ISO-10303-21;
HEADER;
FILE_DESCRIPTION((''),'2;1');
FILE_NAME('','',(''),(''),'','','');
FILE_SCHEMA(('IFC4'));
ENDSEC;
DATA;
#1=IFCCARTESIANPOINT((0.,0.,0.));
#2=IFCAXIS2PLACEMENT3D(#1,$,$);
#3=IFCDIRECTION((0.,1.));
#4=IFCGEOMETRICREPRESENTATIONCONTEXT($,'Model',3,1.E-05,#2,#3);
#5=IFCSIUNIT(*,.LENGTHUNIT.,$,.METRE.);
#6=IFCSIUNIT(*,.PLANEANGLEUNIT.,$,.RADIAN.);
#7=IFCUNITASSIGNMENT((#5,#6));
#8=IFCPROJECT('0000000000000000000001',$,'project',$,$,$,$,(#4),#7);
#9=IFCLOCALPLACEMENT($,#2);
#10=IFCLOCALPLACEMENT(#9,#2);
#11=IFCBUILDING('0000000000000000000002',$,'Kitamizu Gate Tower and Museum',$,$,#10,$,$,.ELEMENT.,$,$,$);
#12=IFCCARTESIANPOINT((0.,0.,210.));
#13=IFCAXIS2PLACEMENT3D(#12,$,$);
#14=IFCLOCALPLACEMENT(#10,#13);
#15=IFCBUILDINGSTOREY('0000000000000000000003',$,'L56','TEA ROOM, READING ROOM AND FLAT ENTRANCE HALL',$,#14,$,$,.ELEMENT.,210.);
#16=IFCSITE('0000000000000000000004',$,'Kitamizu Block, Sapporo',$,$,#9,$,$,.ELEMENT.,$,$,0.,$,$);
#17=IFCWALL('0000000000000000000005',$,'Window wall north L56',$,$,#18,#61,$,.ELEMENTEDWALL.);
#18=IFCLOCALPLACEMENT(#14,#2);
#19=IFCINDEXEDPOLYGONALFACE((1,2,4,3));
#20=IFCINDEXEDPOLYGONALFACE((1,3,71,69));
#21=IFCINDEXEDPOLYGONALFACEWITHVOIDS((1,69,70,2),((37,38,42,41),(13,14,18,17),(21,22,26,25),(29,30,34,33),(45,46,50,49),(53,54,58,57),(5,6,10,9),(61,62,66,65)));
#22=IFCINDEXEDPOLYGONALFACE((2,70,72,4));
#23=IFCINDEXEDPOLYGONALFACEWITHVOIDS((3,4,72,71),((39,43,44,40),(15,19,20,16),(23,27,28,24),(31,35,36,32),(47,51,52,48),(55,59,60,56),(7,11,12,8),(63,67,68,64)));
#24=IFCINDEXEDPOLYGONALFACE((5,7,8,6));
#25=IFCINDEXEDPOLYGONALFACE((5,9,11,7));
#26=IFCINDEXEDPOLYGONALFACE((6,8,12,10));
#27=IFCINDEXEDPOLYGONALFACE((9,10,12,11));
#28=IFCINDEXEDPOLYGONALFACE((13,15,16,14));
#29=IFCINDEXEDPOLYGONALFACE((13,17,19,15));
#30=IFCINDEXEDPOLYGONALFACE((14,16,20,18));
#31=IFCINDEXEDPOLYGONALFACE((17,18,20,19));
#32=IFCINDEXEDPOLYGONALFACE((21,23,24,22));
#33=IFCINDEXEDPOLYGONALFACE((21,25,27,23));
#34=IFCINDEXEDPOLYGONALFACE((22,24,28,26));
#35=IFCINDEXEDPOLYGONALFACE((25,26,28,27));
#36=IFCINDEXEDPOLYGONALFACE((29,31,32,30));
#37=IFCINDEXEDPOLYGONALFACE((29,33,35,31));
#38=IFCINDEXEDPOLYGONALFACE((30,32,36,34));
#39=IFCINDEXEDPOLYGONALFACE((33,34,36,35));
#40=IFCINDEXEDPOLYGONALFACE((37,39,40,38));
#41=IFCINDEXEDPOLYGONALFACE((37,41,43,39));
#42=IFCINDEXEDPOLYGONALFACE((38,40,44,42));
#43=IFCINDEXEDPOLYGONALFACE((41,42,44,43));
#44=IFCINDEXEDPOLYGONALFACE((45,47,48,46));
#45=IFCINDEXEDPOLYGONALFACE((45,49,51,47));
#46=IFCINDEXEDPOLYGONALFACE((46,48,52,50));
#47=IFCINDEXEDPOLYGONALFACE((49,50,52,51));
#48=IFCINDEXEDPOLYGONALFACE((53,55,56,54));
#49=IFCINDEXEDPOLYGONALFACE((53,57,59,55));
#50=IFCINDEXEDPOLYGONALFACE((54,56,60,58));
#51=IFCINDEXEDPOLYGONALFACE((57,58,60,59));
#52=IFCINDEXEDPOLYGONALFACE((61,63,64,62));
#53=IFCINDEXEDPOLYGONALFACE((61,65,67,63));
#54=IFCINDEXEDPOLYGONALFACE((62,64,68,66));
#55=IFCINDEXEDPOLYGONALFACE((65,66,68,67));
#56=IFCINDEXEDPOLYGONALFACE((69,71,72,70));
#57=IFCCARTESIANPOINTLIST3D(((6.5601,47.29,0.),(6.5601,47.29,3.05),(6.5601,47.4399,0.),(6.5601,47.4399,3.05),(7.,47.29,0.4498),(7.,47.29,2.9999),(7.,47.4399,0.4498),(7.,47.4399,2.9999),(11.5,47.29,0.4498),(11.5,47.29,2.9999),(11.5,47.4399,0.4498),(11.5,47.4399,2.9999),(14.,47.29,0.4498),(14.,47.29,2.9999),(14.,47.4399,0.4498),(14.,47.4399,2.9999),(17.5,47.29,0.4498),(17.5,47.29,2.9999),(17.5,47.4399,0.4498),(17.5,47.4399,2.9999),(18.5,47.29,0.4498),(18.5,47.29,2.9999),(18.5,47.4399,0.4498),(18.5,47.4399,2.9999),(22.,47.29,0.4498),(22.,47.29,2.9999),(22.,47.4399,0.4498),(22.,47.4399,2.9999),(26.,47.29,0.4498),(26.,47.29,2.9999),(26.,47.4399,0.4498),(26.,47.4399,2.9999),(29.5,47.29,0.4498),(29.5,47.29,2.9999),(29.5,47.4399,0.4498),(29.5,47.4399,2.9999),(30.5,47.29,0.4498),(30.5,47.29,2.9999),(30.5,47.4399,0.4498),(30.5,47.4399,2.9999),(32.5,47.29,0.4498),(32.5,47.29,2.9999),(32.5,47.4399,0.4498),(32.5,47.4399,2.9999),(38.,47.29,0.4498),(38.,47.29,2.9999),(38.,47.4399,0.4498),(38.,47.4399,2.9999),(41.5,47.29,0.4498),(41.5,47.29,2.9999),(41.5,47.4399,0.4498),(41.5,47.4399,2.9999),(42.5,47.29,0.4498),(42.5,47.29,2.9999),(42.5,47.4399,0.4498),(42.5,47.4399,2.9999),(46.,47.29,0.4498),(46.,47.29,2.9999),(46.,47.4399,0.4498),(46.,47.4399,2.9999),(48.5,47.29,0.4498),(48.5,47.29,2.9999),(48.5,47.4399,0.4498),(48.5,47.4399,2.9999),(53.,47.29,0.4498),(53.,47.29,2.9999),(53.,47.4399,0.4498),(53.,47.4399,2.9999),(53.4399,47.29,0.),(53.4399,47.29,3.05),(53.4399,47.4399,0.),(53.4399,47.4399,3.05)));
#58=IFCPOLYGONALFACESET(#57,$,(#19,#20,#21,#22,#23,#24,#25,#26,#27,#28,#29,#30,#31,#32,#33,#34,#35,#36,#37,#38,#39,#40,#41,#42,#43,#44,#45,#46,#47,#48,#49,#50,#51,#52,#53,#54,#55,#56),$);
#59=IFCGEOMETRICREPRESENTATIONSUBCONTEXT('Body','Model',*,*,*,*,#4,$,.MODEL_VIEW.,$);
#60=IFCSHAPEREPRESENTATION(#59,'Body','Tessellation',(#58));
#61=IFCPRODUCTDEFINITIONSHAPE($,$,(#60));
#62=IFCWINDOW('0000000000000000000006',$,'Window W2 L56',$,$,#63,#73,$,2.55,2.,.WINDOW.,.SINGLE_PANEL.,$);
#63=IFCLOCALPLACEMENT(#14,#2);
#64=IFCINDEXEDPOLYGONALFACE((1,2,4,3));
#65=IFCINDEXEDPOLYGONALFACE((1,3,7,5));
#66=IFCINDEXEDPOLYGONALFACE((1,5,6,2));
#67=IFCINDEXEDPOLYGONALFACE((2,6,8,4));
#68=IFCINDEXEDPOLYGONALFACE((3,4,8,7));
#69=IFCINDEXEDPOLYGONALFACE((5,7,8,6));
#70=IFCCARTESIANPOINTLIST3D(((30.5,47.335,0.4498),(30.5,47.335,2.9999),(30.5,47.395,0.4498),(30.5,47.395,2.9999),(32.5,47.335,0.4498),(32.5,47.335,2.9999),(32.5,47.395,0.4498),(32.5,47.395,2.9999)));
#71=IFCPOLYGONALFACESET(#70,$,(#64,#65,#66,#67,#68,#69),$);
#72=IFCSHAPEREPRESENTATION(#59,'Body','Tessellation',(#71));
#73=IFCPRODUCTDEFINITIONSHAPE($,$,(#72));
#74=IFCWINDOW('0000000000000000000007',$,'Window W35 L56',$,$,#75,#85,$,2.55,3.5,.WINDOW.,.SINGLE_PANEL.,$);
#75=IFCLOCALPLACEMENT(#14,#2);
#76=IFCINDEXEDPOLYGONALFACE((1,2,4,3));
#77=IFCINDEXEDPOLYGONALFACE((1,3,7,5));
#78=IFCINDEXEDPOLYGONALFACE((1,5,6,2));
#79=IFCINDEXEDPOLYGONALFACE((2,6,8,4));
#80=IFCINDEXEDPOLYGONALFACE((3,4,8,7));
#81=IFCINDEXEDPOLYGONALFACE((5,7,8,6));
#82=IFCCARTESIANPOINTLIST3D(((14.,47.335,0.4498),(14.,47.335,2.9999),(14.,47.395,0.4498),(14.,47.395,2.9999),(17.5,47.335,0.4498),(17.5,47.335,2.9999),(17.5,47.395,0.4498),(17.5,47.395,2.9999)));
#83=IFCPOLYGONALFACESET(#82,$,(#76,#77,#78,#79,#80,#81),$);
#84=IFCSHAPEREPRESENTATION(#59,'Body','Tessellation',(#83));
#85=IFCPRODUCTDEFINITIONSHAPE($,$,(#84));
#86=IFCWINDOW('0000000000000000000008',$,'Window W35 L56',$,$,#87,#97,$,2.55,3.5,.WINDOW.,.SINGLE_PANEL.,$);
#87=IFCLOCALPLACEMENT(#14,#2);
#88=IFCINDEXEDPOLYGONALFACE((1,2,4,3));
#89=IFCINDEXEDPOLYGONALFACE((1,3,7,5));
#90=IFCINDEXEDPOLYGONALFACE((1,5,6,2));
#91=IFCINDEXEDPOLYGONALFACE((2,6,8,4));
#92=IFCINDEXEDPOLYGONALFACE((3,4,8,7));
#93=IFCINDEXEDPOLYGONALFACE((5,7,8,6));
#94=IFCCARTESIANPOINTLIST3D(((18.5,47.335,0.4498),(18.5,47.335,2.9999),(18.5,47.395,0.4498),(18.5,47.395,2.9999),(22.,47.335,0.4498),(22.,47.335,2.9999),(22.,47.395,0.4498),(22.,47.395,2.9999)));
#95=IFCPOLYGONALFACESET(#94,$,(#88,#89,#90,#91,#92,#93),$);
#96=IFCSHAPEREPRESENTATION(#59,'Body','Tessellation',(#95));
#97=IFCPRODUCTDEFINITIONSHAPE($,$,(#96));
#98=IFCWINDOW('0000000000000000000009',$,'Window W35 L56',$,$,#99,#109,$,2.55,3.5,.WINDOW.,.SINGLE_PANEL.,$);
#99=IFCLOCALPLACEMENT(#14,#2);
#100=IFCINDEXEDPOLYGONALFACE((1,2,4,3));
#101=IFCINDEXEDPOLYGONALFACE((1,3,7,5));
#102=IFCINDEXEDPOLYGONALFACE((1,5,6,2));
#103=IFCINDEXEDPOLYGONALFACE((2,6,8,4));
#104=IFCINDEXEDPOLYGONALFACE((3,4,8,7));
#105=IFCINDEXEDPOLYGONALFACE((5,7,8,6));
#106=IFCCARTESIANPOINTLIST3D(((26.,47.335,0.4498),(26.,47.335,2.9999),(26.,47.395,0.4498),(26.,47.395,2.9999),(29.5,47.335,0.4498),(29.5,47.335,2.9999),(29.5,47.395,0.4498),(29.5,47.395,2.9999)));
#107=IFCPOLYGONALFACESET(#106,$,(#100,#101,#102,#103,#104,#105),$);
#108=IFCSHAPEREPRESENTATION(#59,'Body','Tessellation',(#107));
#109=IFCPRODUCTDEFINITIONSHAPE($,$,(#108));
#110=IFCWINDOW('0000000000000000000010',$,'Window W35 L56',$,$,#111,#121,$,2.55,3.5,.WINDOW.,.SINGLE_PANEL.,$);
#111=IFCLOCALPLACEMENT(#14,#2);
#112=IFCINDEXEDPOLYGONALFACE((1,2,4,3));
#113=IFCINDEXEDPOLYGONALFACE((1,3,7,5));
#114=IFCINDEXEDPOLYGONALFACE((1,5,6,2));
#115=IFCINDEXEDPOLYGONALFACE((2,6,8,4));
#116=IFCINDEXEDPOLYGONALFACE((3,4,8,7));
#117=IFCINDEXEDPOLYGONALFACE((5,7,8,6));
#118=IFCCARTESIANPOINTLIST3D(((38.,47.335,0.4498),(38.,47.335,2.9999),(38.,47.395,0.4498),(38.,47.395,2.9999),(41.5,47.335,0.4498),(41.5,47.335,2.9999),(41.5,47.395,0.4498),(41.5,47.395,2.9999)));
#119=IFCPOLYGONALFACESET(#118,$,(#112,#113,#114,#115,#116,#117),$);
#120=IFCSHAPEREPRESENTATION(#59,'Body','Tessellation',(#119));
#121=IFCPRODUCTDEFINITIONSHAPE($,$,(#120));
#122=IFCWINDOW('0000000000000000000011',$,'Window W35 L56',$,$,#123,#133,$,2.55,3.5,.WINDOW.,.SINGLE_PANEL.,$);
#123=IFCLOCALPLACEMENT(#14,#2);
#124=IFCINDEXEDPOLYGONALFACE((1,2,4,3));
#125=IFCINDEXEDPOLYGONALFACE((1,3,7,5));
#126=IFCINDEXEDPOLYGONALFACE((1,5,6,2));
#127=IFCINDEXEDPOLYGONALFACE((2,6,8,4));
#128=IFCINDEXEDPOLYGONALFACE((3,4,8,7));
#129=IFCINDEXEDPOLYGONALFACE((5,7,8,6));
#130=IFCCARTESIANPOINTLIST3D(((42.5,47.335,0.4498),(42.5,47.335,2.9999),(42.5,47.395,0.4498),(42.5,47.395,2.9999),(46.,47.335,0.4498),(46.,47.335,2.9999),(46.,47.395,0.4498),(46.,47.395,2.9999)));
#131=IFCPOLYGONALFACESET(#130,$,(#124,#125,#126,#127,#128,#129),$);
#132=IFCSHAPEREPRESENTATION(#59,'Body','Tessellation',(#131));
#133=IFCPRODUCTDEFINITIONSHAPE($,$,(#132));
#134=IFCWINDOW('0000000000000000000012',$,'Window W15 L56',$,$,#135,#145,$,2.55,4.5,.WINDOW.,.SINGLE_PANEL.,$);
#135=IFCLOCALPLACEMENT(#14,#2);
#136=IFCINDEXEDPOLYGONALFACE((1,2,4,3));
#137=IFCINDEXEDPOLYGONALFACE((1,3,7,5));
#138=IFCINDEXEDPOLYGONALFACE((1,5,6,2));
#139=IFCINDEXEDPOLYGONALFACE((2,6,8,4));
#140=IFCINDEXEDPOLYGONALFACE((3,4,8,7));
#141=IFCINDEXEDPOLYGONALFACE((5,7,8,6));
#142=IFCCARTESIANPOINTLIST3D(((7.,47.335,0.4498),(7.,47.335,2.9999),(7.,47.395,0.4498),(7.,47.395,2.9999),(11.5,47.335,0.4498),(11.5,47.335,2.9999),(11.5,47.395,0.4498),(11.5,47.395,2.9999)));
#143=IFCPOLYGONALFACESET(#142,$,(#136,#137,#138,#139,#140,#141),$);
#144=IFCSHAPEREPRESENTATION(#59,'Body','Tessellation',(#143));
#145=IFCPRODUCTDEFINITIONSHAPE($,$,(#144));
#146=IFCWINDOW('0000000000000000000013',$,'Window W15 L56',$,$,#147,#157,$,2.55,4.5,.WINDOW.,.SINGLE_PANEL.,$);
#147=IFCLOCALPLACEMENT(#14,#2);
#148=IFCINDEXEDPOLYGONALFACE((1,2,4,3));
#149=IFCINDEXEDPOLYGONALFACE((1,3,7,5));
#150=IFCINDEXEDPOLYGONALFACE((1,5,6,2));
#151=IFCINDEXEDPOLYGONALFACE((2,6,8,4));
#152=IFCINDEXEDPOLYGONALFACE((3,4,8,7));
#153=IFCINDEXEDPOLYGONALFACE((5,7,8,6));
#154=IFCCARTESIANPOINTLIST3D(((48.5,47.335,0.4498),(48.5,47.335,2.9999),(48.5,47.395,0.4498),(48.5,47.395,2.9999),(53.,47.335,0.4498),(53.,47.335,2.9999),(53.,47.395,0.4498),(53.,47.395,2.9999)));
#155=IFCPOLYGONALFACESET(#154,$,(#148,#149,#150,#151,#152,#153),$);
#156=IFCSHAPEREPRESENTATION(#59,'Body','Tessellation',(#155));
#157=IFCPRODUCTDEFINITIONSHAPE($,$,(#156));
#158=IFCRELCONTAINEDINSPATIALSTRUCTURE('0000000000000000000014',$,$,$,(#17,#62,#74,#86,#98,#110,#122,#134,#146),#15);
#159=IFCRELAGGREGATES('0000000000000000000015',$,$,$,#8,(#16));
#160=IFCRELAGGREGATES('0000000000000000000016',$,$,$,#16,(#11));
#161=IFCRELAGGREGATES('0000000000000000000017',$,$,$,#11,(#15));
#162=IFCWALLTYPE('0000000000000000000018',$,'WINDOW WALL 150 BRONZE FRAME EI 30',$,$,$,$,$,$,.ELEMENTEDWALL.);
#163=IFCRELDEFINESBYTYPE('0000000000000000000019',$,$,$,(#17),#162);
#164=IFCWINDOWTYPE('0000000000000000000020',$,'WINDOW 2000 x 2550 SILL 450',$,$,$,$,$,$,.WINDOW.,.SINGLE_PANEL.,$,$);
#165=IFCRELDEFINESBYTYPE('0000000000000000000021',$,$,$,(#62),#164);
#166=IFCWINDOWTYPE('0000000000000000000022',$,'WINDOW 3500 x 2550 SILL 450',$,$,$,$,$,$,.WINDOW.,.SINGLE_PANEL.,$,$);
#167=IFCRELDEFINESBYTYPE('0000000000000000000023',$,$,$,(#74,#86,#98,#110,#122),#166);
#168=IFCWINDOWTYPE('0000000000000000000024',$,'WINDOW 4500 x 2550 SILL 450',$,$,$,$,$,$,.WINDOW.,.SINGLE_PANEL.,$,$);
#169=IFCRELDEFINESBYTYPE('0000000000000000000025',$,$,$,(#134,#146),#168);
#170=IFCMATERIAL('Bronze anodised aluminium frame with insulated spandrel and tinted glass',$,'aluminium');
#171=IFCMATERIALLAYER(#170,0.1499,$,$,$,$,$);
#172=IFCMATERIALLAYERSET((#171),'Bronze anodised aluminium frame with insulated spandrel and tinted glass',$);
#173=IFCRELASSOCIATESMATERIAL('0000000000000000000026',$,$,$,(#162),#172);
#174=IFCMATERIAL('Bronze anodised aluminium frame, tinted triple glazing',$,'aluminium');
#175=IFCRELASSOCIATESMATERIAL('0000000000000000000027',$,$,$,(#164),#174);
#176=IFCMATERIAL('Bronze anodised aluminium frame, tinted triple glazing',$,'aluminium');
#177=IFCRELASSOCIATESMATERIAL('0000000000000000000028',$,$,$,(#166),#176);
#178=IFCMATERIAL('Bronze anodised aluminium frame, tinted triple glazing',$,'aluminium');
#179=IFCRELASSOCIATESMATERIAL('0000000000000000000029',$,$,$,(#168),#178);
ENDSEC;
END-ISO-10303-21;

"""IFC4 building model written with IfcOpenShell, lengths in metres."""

from ifc_helpers import new_model, si_unit, direction, frame, frame_2d, origin, place, context, subcontext, project, spatial, rectangle, extrude, material, layer, layer_set, type_object, element, fill, save


model = new_model("IFC4")

# Units and contexts
model_context = context("Model", 3, precision=1e-05, world=origin(), true_north=direction((0.0, 1.0)))
body_context = subcontext(model_context, "Body", "Model", "MODEL_VIEW")
ifc_project = project(units=[si_unit("LENGTHUNIT", "METRE"), si_unit("PLANEANGLEUNIT", "RADIAN")], contexts=[model_context])

# Site, building, storey
site_placement = place(None, origin())
site = spatial("IfcSite", under=ifc_project, at=site_placement, Name="Kitamizu Block, Sapporo", CompositionType="ELEMENT", RefElevation=0.0)
building_placement = place(site_placement, origin())
building = spatial("IfcBuilding", under=site, at=building_placement, Name="Kitamizu Gate Tower and Museum", CompositionType="ELEMENT")
storey_placement = place(building_placement, frame((0.0, 0.0, 210.0)))
storey = spatial("IfcBuildingStorey", under=building, at=storey_placement, Name="L56", Description="TEA ROOM, READING ROOM AND FLAT ENTRANCE HALL", CompositionType="ELEMENT", Elevation=210.0)

# Wall, openings, windows
ifc_material_1 = material(Name="Bronze anodised aluminium frame with insulated spandrel and tinted glass", Category="aluminium")
ifc_layer_1 = layer(ifc_material_1, 0.1499)
ifc_layer_set_1 = layer_set([ifc_layer_1], Name="Bronze anodised aluminium frame with insulated spandrel and tinted glass")
wall_type_1 = type_object("IfcWallType", Name="WINDOW WALL 150 BRONZE FRAME EI 30", PredefinedType="ELEMENTEDWALL", material=ifc_layer_set_1)
wall_1_placement = place(storey_placement, frame((6.5601, 47.365, 0.0), z_axis=(0.0, 0.0, 1.0), x_axis=(1.0, 0.0, 0.0)))
wall_1 = element("IfcWall", 1, at=wall_1_placement, inside=storey, type_object=wall_type_1, Name="Window wall north L56", PredefinedType="ELEMENTEDWALL", context=body_context, shape_type="SweptSolid", body=[
    extrude(rectangle(XDim=46.8799, YDim=0.1499, at=frame_2d((23.4399, 0.0))), origin(), (0.0, 0.0, 1.0), 3.05),
])
opening_1_placement = place(wall_1_placement, frame((0.4399, 0.0, 0.45)))
opening_1 = element("IfcOpeningElement", 2, at=opening_1_placement, cuts=wall_1, PredefinedType="OPENING", context=body_context, shape_type="SweptSolid", body=[
    extrude(rectangle(XDim=4.5, YDim=2.55, at=frame_2d((2.25, 1.2749))), frame((0.0, 0.085, 0.0), z_axis=(0.0, -1.0, 0.0), x_axis=(1.0, 0.0, 0.0)), (0.0, 0.0, 1.0), 0.1699),
])
opening_2_placement = place(wall_1_placement, frame((7.4399, 0.0, 0.45)))
opening_2 = element("IfcOpeningElement", 3, at=opening_2_placement, cuts=wall_1, PredefinedType="OPENING", context=body_context, shape_type="SweptSolid", body=[
    extrude(rectangle(XDim=3.5, YDim=2.55, at=frame_2d((1.75, 1.2749))), frame((0.0, 0.085, 0.0), z_axis=(0.0, -1.0, 0.0), x_axis=(1.0, 0.0, 0.0)), (0.0, 0.0, 1.0), 0.1699),
])
opening_3_placement = place(wall_1_placement, frame((11.9399, 0.0, 0.45)))
opening_3 = element("IfcOpeningElement", 4, at=opening_3_placement, cuts=wall_1, PredefinedType="OPENING", context=body_context, shape_type="SweptSolid", body=[
    extrude(rectangle(XDim=3.5, YDim=2.55, at=frame_2d((1.75, 1.2749))), frame((0.0, 0.085, 0.0), z_axis=(0.0, -1.0, 0.0), x_axis=(1.0, 0.0, 0.0)), (0.0, 0.0, 1.0), 0.1699),
])
opening_4_placement = place(wall_1_placement, frame((19.4399, 0.0, 0.45)))
opening_4 = element("IfcOpeningElement", 5, at=opening_4_placement, cuts=wall_1, PredefinedType="OPENING", context=body_context, shape_type="SweptSolid", body=[
    extrude(rectangle(XDim=3.5, YDim=2.55, at=frame_2d((1.75, 1.2749))), frame((0.0, 0.085, 0.0), z_axis=(0.0, -1.0, 0.0), x_axis=(1.0, 0.0, 0.0)), (0.0, 0.0, 1.0), 0.1699),
])
opening_5_placement = place(wall_1_placement, frame((23.9399, 0.0, 0.45)))
opening_5 = element("IfcOpeningElement", 6, at=opening_5_placement, cuts=wall_1, PredefinedType="OPENING", context=body_context, shape_type="SweptSolid", body=[
    extrude(rectangle(XDim=2.0, YDim=2.55, at=frame_2d((1.0, 1.2749))), frame((0.0, 0.085, 0.0), z_axis=(0.0, -1.0, 0.0), x_axis=(1.0, 0.0, 0.0)), (0.0, 0.0, 1.0), 0.1699),
])
opening_6_placement = place(wall_1_placement, frame((31.4399, 0.0, 0.45)))
opening_6 = element("IfcOpeningElement", 7, at=opening_6_placement, cuts=wall_1, PredefinedType="OPENING", context=body_context, shape_type="SweptSolid", body=[
    extrude(rectangle(XDim=3.5, YDim=2.55, at=frame_2d((1.75, 1.2749))), frame((0.0, 0.085, 0.0), z_axis=(0.0, -1.0, 0.0), x_axis=(1.0, 0.0, 0.0)), (0.0, 0.0, 1.0), 0.1699),
])
opening_7_placement = place(wall_1_placement, frame((35.9399, 0.0, 0.45)))
opening_7 = element("IfcOpeningElement", 8, at=opening_7_placement, cuts=wall_1, PredefinedType="OPENING", context=body_context, shape_type="SweptSolid", body=[
    extrude(rectangle(XDim=3.5, YDim=2.55, at=frame_2d((1.75, 1.2749))), frame((0.0, 0.085, 0.0), z_axis=(0.0, -1.0, 0.0), x_axis=(1.0, 0.0, 0.0)), (0.0, 0.0, 1.0), 0.1699),
])
opening_8_placement = place(wall_1_placement, frame((41.9399, 0.0, 0.45)))
opening_8 = element("IfcOpeningElement", 9, at=opening_8_placement, cuts=wall_1, PredefinedType="OPENING", context=body_context, shape_type="SweptSolid", body=[
    extrude(rectangle(XDim=4.5, YDim=2.55, at=frame_2d((2.25, 1.2749))), frame((0.0, 0.085, 0.0), z_axis=(0.0, -1.0, 0.0), x_axis=(1.0, 0.0, 0.0)), (0.0, 0.0, 1.0), 0.1699),
])
ifc_material_2 = material(Name="Bronze anodised aluminium frame, tinted triple glazing", Category="aluminium")
window_type_1 = type_object("IfcWindowType", Name="WINDOW 2000 x 2550 SILL 450", PartitioningType="SINGLE_PANEL", PredefinedType="WINDOW", material=ifc_material_2)
window_1_placement = place(opening_5_placement, origin())
window_1 = element("IfcWindow", 10, at=window_1_placement, inside=storey, type_object=window_type_1, Name="Window W2 L56", OverallHeight=2.55, OverallWidth=2.0, PartitioningType="SINGLE_PANEL", PredefinedType="WINDOW", context=body_context, shape_type="SweptSolid", body=[
    extrude(rectangle(XDim=2.0, YDim=2.55, at=frame_2d((1.0, 1.2749))), frame((0.0, 0.03, 0.0), z_axis=(0.0, -1.0, 0.0), x_axis=(1.0, 0.0, 0.0)), (0.0, 0.0, 1.0), 0.0601),
])
fill(opening_5, window_1)
ifc_material_3 = material(Name="Bronze anodised aluminium frame, tinted triple glazing", Category="aluminium")
window_type_2 = type_object("IfcWindowType", Name="WINDOW 3500 x 2550 SILL 450", PartitioningType="SINGLE_PANEL", PredefinedType="WINDOW", material=ifc_material_3)
window_2_placement = place(opening_2_placement, origin())
window_2 = element("IfcWindow", 11, at=window_2_placement, inside=storey, type_object=window_type_2, Name="Window W35 L56", OverallHeight=2.55, OverallWidth=3.5, PartitioningType="SINGLE_PANEL", PredefinedType="WINDOW", context=body_context, shape_type="SweptSolid", body=[
    extrude(rectangle(XDim=3.5, YDim=2.55, at=frame_2d((1.75, 1.2749))), frame((0.0, 0.03, 0.0), z_axis=(0.0, -1.0, 0.0), x_axis=(1.0, 0.0, 0.0)), (0.0, 0.0, 1.0), 0.0601),
])
fill(opening_2, window_2)
window_3_placement = place(opening_3_placement, origin())
window_3 = element("IfcWindow", 12, at=window_3_placement, inside=storey, type_object=window_type_2, Name="Window W35 L56", OverallHeight=2.55, OverallWidth=3.5, PartitioningType="SINGLE_PANEL", PredefinedType="WINDOW", context=body_context, shape_type="SweptSolid", body=[
    extrude(rectangle(XDim=3.5, YDim=2.55, at=frame_2d((1.75, 1.2749))), frame((0.0, 0.03, 0.0), z_axis=(0.0, -1.0, 0.0), x_axis=(1.0, 0.0, 0.0)), (0.0, 0.0, 1.0), 0.0601),
])
fill(opening_3, window_3)
window_4_placement = place(opening_4_placement, origin())
window_4 = element("IfcWindow", 13, at=window_4_placement, inside=storey, type_object=window_type_2, Name="Window W35 L56", OverallHeight=2.55, OverallWidth=3.5, PartitioningType="SINGLE_PANEL", PredefinedType="WINDOW", context=body_context, shape_type="SweptSolid", body=[
    extrude(rectangle(XDim=3.5, YDim=2.55, at=frame_2d((1.75, 1.2749))), frame((0.0, 0.03, 0.0), z_axis=(0.0, -1.0, 0.0), x_axis=(1.0, 0.0, 0.0)), (0.0, 0.0, 1.0), 0.0601),
])
fill(opening_4, window_4)
window_5_placement = place(opening_6_placement, origin())
window_5 = element("IfcWindow", 14, at=window_5_placement, inside=storey, type_object=window_type_2, Name="Window W35 L56", OverallHeight=2.55, OverallWidth=3.5, PartitioningType="SINGLE_PANEL", PredefinedType="WINDOW", context=body_context, shape_type="SweptSolid", body=[
    extrude(rectangle(XDim=3.5, YDim=2.55, at=frame_2d((1.75, 1.2749))), frame((0.0, 0.03, 0.0), z_axis=(0.0, -1.0, 0.0), x_axis=(1.0, 0.0, 0.0)), (0.0, 0.0, 1.0), 0.0601),
])
fill(opening_6, window_5)
window_6_placement = place(opening_7_placement, origin())
window_6 = element("IfcWindow", 15, at=window_6_placement, inside=storey, type_object=window_type_2, Name="Window W35 L56", OverallHeight=2.55, OverallWidth=3.5, PartitioningType="SINGLE_PANEL", PredefinedType="WINDOW", context=body_context, shape_type="SweptSolid", body=[
    extrude(rectangle(XDim=3.5, YDim=2.55, at=frame_2d((1.75, 1.2749))), frame((0.0, 0.03, 0.0), z_axis=(0.0, -1.0, 0.0), x_axis=(1.0, 0.0, 0.0)), (0.0, 0.0, 1.0), 0.0601),
])
fill(opening_7, window_6)
ifc_material_4 = material(Name="Bronze anodised aluminium frame, tinted triple glazing", Category="aluminium")
window_type_3 = type_object("IfcWindowType", Name="WINDOW 4500 x 2550 SILL 450", PartitioningType="SINGLE_PANEL", PredefinedType="WINDOW", material=ifc_material_4)
window_7_placement = place(opening_1_placement, origin())
window_7 = element("IfcWindow", 16, at=window_7_placement, inside=storey, type_object=window_type_3, Name="Window W15 L56", OverallHeight=2.55, OverallWidth=4.5, PartitioningType="SINGLE_PANEL", PredefinedType="WINDOW", context=body_context, shape_type="SweptSolid", body=[
    extrude(rectangle(XDim=4.5, YDim=2.55, at=frame_2d((2.25, 1.2749))), frame((0.0, 0.03, 0.0), z_axis=(0.0, -1.0, 0.0), x_axis=(1.0, 0.0, 0.0)), (0.0, 0.0, 1.0), 0.0601),
])
fill(opening_1, window_7)
window_8_placement = place(opening_8_placement, origin())
window_8 = element("IfcWindow", 17, at=window_8_placement, inside=storey, type_object=window_type_3, Name="Window W15 L56", OverallHeight=2.55, OverallWidth=4.5, PartitioningType="SINGLE_PANEL", PredefinedType="WINDOW", context=body_context, shape_type="SweptSolid", body=[
    extrude(rectangle(XDim=4.5, YDim=2.55, at=frame_2d((2.25, 1.2749))), frame((0.0, 0.03, 0.0), z_axis=(0.0, -1.0, 0.0), x_axis=(1.0, 0.0, 0.0)), (0.0, 0.0, 1.0), 0.0601),
])
fill(opening_8, window_8)

save(model, "model.ifc")
